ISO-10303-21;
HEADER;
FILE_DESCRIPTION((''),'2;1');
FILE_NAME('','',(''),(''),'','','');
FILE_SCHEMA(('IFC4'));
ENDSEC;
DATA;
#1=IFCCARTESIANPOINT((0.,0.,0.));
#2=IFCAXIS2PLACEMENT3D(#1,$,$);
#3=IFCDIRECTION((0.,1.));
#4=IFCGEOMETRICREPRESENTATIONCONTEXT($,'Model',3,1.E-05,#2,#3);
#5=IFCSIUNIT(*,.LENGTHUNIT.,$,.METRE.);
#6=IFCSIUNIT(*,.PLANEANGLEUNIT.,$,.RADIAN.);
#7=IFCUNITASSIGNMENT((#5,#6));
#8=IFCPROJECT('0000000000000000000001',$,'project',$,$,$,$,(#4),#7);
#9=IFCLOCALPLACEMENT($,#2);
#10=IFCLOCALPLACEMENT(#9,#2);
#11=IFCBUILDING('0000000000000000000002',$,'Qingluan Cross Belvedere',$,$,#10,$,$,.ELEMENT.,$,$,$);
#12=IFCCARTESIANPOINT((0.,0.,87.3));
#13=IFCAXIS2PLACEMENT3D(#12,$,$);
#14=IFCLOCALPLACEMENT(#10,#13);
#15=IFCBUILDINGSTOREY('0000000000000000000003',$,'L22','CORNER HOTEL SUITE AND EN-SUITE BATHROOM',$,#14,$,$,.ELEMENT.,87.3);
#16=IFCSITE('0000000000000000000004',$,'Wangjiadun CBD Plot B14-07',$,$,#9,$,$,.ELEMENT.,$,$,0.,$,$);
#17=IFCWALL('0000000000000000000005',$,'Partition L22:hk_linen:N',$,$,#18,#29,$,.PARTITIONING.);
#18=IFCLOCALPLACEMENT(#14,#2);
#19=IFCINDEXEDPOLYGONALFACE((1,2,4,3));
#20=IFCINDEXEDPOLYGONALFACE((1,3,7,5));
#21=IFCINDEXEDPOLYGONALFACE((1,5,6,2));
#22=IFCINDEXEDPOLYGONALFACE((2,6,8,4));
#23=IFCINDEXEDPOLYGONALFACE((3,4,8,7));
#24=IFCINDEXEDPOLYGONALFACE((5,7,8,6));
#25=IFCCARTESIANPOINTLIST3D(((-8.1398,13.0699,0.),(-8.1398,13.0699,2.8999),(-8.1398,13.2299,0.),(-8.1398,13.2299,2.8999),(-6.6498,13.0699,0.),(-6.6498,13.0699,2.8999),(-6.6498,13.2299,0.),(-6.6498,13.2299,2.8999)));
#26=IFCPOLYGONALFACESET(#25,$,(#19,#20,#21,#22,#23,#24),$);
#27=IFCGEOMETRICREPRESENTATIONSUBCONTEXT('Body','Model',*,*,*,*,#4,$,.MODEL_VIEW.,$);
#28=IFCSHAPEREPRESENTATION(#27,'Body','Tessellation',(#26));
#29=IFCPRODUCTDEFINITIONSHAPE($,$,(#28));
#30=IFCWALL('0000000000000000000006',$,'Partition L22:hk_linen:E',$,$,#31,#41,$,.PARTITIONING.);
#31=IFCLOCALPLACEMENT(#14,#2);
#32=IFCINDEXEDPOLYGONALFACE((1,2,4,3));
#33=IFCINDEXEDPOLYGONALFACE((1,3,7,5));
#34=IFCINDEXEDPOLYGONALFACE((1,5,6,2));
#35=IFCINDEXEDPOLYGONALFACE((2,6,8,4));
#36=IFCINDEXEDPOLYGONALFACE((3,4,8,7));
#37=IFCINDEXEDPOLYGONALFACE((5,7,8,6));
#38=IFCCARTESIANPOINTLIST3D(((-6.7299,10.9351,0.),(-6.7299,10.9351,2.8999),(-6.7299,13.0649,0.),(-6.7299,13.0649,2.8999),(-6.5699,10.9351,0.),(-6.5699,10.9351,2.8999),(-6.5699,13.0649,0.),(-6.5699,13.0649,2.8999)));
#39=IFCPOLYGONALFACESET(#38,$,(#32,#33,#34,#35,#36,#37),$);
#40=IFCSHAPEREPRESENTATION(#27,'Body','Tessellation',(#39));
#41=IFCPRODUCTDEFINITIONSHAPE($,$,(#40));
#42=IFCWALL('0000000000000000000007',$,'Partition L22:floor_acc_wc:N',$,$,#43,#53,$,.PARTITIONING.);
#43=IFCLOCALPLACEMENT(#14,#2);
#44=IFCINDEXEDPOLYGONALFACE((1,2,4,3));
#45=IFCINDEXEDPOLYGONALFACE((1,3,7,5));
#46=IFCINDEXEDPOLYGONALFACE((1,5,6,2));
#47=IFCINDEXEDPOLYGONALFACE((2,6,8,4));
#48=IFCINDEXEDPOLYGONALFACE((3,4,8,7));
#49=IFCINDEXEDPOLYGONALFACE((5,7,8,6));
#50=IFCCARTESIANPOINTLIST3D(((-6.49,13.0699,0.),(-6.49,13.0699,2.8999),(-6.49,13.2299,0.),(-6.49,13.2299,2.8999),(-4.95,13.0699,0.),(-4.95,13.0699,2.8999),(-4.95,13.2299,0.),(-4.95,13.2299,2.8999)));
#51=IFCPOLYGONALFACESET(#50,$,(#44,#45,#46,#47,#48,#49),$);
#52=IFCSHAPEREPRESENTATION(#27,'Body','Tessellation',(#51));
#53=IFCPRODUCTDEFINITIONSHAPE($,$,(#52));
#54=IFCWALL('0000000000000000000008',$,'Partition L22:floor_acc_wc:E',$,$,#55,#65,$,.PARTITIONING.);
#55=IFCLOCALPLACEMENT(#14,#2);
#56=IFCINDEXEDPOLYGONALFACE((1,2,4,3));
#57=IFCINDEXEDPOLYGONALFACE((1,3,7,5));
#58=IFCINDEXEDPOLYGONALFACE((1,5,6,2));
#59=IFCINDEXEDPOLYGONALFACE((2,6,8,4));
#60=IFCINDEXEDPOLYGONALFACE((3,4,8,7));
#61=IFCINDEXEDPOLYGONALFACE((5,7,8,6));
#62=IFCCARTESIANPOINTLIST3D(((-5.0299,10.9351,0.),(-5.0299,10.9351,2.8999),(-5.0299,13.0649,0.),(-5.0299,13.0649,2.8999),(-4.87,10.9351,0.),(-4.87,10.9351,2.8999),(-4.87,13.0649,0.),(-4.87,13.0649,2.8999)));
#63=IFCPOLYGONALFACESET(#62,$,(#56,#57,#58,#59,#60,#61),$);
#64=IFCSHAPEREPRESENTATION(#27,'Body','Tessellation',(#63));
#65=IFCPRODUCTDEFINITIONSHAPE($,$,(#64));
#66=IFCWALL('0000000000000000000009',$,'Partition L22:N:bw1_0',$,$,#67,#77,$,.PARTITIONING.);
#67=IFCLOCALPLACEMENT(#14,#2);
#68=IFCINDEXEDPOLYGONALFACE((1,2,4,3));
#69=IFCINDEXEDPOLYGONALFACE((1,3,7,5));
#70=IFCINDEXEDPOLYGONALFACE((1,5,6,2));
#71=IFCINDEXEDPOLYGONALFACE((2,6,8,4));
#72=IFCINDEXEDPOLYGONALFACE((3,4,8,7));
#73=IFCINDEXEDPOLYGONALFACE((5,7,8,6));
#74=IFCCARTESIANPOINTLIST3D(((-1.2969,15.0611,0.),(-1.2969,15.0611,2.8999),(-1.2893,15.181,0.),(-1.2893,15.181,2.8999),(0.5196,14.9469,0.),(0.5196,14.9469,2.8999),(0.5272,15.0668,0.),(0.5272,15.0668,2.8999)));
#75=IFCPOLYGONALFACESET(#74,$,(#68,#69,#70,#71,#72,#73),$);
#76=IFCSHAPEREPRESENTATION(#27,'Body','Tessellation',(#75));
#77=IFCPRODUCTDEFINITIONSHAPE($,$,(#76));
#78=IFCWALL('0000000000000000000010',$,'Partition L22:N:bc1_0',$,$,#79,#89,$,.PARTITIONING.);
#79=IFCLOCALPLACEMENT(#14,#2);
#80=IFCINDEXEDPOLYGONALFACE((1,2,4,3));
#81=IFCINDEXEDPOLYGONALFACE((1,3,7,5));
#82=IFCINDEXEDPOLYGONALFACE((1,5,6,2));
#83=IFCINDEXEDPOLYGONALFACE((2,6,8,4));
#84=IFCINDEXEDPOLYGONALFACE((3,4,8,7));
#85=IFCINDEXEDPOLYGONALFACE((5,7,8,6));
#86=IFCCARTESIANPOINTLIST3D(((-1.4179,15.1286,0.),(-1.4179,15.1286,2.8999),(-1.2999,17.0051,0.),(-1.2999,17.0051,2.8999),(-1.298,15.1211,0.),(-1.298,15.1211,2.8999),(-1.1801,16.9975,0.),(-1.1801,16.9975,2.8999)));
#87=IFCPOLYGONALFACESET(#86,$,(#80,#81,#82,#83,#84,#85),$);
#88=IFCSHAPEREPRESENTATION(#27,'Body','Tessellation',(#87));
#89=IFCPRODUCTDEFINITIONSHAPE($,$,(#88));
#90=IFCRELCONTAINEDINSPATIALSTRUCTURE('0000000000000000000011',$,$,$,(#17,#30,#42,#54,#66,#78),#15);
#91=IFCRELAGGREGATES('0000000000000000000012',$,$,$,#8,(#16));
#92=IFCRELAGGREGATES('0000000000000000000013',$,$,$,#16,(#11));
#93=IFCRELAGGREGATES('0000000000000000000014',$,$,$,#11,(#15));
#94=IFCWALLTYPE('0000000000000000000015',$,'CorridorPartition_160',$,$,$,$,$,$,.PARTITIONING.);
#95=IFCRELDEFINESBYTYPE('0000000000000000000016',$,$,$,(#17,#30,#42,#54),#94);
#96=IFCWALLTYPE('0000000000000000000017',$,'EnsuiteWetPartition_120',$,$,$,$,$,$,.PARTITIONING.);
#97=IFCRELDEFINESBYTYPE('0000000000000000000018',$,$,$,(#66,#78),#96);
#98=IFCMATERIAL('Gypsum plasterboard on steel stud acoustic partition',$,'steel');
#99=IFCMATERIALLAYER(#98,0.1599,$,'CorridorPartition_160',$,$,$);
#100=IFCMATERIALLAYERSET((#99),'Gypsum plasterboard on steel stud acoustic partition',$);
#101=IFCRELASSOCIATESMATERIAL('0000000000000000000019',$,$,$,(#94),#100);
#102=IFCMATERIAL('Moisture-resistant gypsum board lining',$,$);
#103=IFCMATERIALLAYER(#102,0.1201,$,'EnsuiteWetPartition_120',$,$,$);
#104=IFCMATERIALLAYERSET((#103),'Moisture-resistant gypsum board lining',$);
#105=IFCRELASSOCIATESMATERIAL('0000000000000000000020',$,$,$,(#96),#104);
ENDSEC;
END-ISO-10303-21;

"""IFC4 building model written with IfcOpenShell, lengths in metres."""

from ifc_helpers import new_model, si_unit, direction, frame, frame_2d, origin, place, context, subcontext, project, spatial, rectangle, extrude, material, layer, layer_set, type_object, element, save


model = new_model("IFC4")

# Units and contexts
model_context = context("Model", 3, precision=1e-05, world=origin(), true_north=direction((0.0, 1.0)))
body_context = subcontext(model_context, "Body", "Model", "MODEL_VIEW")
ifc_project = project(units=[si_unit("LENGTHUNIT", "METRE"), si_unit("PLANEANGLEUNIT", "RADIAN")], contexts=[model_context])

# Site, building, storey
site_placement = place(None, origin())
site = spatial("IfcSite", under=ifc_project, at=site_placement, Name="Wangjiadun CBD Plot B14-07", CompositionType="ELEMENT", RefElevation=0.0)
building_placement = place(site_placement, origin())
building = spatial("IfcBuilding", under=site, at=building_placement, Name="Qingluan Cross Belvedere", CompositionType="ELEMENT")
storey_placement = place(building_placement, frame((0.0, 0.0, 87.3)))
storey = spatial("IfcBuildingStorey", under=building, at=storey_placement, Name="L22", Description="CORNER HOTEL SUITE AND EN-SUITE BATHROOM", CompositionType="ELEMENT", Elevation=87.3)

# Shared definitions
ifc_material_1 = material(Name="Gypsum plasterboard on steel stud acoustic partition", Category="steel")
ifc_layer_1 = layer(ifc_material_1, 0.1599, Name="CorridorPartition_160")
ifc_layer_set_1 = layer_set([ifc_layer_1], Name="Gypsum plasterboard on steel stud acoustic partition")
wall_type_1 = type_object("IfcWallType", Name="CorridorPartition_160", PredefinedType="PARTITIONING", material=ifc_layer_set_1)

# Walls
wall_1_placement = place(storey_placement, frame((-8.1399, 13.1499, 0.0), z_axis=(0.0, 0.0, 1.0), x_axis=(1.0, 0.0, 0.0)))
element("IfcWall", 1, at=wall_1_placement, inside=storey, type_object=wall_type_1, Name="Partition L22:hk_linen:N", PredefinedType="PARTITIONING", context=body_context, shape_type="SweptSolid", body=[
    extrude(rectangle(XDim=1.49, YDim=0.1599, at=frame_2d((0.7451, 0.0))), origin(), (0.0, 0.0, 1.0), 2.8999),
])
wall_2_placement = place(storey_placement, frame((-6.6499, 10.9351, 0.0), z_axis=(0.0, 0.0, 1.0), x_axis=(0.0, 1.0, 0.0)))
element("IfcWall", 2, at=wall_2_placement, inside=storey, type_object=wall_type_1, Name="Partition L22:hk_linen:E", PredefinedType="PARTITIONING", context=body_context, shape_type="SweptSolid", body=[
    extrude(rectangle(XDim=2.1299, YDim=0.1599, at=frame_2d((1.0649, 0.0))), origin(), (0.0, 0.0, 1.0), 2.8999),
])

# Walls
wall_3_placement = place(storey_placement, frame((-6.49, 13.1499, 0.0), z_axis=(0.0, 0.0, 1.0), x_axis=(1.0, 0.0, 0.0)))
element("IfcWall", 3, at=wall_3_placement, inside=storey, type_object=wall_type_1, Name="Partition L22:floor_acc_wc:N", PredefinedType="PARTITIONING", context=body_context, shape_type="SweptSolid", body=[
    extrude(rectangle(XDim=1.54, YDim=0.1599, at=frame_2d((0.77, 0.0))), origin(), (0.0, 0.0, 1.0), 2.8999),
])
wall_4_placement = place(storey_placement, frame((-4.95, 10.9351, 0.0), z_axis=(0.0, 0.0, 1.0), x_axis=(0.0, 1.0, 0.0)))
element("IfcWall", 4, at=wall_4_placement, inside=storey, type_object=wall_type_1, Name="Partition L22:floor_acc_wc:E", PredefinedType="PARTITIONING", context=body_context, shape_type="SweptSolid", body=[
    extrude(rectangle(XDim=2.1299, YDim=0.1599, at=frame_2d((1.0649, 0.0))), origin(), (0.0, 0.0, 1.0), 2.8999),
])
ifc_material_2 = material(Name="Moisture-resistant gypsum board lining")
ifc_layer_2 = layer(ifc_material_2, 0.1201, Name="EnsuiteWetPartition_120")
ifc_layer_set_2 = layer_set([ifc_layer_2], Name="Moisture-resistant gypsum board lining")
wall_type_2 = type_object("IfcWallType", Name="EnsuiteWetPartition_120", PredefinedType="PARTITIONING", material=ifc_layer_set_2)
wall_5_placement = place(storey_placement, frame((-1.2932, 15.1211, 0.0), z_axis=(0.0, 0.0, 1.0), x_axis=(0.998027, -0.062779, 0.0)))
element("IfcWall", 5, at=wall_5_placement, inside=storey, type_object=wall_type_2, Name="Partition L22:N:bw1_0", PredefinedType="PARTITIONING", context=body_context, shape_type="SweptSolid", body=[
    extrude(rectangle(XDim=1.8201, YDim=0.1201, at=frame_2d((0.9102, 0.0))), origin(), (0.0, 0.0, 1.0), 2.8999),
])
wall_6_placement = place(storey_placement, frame((-1.3579, 15.125, 0.0), z_axis=(0.0, 0.0, 1.0), x_axis=(0.062718, 0.998031, 0.0)))
element("IfcWall", 6, at=wall_6_placement, inside=storey, type_object=wall_type_2, Name="Partition L22:N:bc1_0", PredefinedType="PARTITIONING", context=body_context, shape_type="SweptSolid", body=[
    extrude(rectangle(XDim=1.8801, YDim=0.1201, at=frame_2d((0.9399, 0.0))), origin(), (0.0, 0.0, 1.0), 2.8999),
])

save(model, "model.ifc")
